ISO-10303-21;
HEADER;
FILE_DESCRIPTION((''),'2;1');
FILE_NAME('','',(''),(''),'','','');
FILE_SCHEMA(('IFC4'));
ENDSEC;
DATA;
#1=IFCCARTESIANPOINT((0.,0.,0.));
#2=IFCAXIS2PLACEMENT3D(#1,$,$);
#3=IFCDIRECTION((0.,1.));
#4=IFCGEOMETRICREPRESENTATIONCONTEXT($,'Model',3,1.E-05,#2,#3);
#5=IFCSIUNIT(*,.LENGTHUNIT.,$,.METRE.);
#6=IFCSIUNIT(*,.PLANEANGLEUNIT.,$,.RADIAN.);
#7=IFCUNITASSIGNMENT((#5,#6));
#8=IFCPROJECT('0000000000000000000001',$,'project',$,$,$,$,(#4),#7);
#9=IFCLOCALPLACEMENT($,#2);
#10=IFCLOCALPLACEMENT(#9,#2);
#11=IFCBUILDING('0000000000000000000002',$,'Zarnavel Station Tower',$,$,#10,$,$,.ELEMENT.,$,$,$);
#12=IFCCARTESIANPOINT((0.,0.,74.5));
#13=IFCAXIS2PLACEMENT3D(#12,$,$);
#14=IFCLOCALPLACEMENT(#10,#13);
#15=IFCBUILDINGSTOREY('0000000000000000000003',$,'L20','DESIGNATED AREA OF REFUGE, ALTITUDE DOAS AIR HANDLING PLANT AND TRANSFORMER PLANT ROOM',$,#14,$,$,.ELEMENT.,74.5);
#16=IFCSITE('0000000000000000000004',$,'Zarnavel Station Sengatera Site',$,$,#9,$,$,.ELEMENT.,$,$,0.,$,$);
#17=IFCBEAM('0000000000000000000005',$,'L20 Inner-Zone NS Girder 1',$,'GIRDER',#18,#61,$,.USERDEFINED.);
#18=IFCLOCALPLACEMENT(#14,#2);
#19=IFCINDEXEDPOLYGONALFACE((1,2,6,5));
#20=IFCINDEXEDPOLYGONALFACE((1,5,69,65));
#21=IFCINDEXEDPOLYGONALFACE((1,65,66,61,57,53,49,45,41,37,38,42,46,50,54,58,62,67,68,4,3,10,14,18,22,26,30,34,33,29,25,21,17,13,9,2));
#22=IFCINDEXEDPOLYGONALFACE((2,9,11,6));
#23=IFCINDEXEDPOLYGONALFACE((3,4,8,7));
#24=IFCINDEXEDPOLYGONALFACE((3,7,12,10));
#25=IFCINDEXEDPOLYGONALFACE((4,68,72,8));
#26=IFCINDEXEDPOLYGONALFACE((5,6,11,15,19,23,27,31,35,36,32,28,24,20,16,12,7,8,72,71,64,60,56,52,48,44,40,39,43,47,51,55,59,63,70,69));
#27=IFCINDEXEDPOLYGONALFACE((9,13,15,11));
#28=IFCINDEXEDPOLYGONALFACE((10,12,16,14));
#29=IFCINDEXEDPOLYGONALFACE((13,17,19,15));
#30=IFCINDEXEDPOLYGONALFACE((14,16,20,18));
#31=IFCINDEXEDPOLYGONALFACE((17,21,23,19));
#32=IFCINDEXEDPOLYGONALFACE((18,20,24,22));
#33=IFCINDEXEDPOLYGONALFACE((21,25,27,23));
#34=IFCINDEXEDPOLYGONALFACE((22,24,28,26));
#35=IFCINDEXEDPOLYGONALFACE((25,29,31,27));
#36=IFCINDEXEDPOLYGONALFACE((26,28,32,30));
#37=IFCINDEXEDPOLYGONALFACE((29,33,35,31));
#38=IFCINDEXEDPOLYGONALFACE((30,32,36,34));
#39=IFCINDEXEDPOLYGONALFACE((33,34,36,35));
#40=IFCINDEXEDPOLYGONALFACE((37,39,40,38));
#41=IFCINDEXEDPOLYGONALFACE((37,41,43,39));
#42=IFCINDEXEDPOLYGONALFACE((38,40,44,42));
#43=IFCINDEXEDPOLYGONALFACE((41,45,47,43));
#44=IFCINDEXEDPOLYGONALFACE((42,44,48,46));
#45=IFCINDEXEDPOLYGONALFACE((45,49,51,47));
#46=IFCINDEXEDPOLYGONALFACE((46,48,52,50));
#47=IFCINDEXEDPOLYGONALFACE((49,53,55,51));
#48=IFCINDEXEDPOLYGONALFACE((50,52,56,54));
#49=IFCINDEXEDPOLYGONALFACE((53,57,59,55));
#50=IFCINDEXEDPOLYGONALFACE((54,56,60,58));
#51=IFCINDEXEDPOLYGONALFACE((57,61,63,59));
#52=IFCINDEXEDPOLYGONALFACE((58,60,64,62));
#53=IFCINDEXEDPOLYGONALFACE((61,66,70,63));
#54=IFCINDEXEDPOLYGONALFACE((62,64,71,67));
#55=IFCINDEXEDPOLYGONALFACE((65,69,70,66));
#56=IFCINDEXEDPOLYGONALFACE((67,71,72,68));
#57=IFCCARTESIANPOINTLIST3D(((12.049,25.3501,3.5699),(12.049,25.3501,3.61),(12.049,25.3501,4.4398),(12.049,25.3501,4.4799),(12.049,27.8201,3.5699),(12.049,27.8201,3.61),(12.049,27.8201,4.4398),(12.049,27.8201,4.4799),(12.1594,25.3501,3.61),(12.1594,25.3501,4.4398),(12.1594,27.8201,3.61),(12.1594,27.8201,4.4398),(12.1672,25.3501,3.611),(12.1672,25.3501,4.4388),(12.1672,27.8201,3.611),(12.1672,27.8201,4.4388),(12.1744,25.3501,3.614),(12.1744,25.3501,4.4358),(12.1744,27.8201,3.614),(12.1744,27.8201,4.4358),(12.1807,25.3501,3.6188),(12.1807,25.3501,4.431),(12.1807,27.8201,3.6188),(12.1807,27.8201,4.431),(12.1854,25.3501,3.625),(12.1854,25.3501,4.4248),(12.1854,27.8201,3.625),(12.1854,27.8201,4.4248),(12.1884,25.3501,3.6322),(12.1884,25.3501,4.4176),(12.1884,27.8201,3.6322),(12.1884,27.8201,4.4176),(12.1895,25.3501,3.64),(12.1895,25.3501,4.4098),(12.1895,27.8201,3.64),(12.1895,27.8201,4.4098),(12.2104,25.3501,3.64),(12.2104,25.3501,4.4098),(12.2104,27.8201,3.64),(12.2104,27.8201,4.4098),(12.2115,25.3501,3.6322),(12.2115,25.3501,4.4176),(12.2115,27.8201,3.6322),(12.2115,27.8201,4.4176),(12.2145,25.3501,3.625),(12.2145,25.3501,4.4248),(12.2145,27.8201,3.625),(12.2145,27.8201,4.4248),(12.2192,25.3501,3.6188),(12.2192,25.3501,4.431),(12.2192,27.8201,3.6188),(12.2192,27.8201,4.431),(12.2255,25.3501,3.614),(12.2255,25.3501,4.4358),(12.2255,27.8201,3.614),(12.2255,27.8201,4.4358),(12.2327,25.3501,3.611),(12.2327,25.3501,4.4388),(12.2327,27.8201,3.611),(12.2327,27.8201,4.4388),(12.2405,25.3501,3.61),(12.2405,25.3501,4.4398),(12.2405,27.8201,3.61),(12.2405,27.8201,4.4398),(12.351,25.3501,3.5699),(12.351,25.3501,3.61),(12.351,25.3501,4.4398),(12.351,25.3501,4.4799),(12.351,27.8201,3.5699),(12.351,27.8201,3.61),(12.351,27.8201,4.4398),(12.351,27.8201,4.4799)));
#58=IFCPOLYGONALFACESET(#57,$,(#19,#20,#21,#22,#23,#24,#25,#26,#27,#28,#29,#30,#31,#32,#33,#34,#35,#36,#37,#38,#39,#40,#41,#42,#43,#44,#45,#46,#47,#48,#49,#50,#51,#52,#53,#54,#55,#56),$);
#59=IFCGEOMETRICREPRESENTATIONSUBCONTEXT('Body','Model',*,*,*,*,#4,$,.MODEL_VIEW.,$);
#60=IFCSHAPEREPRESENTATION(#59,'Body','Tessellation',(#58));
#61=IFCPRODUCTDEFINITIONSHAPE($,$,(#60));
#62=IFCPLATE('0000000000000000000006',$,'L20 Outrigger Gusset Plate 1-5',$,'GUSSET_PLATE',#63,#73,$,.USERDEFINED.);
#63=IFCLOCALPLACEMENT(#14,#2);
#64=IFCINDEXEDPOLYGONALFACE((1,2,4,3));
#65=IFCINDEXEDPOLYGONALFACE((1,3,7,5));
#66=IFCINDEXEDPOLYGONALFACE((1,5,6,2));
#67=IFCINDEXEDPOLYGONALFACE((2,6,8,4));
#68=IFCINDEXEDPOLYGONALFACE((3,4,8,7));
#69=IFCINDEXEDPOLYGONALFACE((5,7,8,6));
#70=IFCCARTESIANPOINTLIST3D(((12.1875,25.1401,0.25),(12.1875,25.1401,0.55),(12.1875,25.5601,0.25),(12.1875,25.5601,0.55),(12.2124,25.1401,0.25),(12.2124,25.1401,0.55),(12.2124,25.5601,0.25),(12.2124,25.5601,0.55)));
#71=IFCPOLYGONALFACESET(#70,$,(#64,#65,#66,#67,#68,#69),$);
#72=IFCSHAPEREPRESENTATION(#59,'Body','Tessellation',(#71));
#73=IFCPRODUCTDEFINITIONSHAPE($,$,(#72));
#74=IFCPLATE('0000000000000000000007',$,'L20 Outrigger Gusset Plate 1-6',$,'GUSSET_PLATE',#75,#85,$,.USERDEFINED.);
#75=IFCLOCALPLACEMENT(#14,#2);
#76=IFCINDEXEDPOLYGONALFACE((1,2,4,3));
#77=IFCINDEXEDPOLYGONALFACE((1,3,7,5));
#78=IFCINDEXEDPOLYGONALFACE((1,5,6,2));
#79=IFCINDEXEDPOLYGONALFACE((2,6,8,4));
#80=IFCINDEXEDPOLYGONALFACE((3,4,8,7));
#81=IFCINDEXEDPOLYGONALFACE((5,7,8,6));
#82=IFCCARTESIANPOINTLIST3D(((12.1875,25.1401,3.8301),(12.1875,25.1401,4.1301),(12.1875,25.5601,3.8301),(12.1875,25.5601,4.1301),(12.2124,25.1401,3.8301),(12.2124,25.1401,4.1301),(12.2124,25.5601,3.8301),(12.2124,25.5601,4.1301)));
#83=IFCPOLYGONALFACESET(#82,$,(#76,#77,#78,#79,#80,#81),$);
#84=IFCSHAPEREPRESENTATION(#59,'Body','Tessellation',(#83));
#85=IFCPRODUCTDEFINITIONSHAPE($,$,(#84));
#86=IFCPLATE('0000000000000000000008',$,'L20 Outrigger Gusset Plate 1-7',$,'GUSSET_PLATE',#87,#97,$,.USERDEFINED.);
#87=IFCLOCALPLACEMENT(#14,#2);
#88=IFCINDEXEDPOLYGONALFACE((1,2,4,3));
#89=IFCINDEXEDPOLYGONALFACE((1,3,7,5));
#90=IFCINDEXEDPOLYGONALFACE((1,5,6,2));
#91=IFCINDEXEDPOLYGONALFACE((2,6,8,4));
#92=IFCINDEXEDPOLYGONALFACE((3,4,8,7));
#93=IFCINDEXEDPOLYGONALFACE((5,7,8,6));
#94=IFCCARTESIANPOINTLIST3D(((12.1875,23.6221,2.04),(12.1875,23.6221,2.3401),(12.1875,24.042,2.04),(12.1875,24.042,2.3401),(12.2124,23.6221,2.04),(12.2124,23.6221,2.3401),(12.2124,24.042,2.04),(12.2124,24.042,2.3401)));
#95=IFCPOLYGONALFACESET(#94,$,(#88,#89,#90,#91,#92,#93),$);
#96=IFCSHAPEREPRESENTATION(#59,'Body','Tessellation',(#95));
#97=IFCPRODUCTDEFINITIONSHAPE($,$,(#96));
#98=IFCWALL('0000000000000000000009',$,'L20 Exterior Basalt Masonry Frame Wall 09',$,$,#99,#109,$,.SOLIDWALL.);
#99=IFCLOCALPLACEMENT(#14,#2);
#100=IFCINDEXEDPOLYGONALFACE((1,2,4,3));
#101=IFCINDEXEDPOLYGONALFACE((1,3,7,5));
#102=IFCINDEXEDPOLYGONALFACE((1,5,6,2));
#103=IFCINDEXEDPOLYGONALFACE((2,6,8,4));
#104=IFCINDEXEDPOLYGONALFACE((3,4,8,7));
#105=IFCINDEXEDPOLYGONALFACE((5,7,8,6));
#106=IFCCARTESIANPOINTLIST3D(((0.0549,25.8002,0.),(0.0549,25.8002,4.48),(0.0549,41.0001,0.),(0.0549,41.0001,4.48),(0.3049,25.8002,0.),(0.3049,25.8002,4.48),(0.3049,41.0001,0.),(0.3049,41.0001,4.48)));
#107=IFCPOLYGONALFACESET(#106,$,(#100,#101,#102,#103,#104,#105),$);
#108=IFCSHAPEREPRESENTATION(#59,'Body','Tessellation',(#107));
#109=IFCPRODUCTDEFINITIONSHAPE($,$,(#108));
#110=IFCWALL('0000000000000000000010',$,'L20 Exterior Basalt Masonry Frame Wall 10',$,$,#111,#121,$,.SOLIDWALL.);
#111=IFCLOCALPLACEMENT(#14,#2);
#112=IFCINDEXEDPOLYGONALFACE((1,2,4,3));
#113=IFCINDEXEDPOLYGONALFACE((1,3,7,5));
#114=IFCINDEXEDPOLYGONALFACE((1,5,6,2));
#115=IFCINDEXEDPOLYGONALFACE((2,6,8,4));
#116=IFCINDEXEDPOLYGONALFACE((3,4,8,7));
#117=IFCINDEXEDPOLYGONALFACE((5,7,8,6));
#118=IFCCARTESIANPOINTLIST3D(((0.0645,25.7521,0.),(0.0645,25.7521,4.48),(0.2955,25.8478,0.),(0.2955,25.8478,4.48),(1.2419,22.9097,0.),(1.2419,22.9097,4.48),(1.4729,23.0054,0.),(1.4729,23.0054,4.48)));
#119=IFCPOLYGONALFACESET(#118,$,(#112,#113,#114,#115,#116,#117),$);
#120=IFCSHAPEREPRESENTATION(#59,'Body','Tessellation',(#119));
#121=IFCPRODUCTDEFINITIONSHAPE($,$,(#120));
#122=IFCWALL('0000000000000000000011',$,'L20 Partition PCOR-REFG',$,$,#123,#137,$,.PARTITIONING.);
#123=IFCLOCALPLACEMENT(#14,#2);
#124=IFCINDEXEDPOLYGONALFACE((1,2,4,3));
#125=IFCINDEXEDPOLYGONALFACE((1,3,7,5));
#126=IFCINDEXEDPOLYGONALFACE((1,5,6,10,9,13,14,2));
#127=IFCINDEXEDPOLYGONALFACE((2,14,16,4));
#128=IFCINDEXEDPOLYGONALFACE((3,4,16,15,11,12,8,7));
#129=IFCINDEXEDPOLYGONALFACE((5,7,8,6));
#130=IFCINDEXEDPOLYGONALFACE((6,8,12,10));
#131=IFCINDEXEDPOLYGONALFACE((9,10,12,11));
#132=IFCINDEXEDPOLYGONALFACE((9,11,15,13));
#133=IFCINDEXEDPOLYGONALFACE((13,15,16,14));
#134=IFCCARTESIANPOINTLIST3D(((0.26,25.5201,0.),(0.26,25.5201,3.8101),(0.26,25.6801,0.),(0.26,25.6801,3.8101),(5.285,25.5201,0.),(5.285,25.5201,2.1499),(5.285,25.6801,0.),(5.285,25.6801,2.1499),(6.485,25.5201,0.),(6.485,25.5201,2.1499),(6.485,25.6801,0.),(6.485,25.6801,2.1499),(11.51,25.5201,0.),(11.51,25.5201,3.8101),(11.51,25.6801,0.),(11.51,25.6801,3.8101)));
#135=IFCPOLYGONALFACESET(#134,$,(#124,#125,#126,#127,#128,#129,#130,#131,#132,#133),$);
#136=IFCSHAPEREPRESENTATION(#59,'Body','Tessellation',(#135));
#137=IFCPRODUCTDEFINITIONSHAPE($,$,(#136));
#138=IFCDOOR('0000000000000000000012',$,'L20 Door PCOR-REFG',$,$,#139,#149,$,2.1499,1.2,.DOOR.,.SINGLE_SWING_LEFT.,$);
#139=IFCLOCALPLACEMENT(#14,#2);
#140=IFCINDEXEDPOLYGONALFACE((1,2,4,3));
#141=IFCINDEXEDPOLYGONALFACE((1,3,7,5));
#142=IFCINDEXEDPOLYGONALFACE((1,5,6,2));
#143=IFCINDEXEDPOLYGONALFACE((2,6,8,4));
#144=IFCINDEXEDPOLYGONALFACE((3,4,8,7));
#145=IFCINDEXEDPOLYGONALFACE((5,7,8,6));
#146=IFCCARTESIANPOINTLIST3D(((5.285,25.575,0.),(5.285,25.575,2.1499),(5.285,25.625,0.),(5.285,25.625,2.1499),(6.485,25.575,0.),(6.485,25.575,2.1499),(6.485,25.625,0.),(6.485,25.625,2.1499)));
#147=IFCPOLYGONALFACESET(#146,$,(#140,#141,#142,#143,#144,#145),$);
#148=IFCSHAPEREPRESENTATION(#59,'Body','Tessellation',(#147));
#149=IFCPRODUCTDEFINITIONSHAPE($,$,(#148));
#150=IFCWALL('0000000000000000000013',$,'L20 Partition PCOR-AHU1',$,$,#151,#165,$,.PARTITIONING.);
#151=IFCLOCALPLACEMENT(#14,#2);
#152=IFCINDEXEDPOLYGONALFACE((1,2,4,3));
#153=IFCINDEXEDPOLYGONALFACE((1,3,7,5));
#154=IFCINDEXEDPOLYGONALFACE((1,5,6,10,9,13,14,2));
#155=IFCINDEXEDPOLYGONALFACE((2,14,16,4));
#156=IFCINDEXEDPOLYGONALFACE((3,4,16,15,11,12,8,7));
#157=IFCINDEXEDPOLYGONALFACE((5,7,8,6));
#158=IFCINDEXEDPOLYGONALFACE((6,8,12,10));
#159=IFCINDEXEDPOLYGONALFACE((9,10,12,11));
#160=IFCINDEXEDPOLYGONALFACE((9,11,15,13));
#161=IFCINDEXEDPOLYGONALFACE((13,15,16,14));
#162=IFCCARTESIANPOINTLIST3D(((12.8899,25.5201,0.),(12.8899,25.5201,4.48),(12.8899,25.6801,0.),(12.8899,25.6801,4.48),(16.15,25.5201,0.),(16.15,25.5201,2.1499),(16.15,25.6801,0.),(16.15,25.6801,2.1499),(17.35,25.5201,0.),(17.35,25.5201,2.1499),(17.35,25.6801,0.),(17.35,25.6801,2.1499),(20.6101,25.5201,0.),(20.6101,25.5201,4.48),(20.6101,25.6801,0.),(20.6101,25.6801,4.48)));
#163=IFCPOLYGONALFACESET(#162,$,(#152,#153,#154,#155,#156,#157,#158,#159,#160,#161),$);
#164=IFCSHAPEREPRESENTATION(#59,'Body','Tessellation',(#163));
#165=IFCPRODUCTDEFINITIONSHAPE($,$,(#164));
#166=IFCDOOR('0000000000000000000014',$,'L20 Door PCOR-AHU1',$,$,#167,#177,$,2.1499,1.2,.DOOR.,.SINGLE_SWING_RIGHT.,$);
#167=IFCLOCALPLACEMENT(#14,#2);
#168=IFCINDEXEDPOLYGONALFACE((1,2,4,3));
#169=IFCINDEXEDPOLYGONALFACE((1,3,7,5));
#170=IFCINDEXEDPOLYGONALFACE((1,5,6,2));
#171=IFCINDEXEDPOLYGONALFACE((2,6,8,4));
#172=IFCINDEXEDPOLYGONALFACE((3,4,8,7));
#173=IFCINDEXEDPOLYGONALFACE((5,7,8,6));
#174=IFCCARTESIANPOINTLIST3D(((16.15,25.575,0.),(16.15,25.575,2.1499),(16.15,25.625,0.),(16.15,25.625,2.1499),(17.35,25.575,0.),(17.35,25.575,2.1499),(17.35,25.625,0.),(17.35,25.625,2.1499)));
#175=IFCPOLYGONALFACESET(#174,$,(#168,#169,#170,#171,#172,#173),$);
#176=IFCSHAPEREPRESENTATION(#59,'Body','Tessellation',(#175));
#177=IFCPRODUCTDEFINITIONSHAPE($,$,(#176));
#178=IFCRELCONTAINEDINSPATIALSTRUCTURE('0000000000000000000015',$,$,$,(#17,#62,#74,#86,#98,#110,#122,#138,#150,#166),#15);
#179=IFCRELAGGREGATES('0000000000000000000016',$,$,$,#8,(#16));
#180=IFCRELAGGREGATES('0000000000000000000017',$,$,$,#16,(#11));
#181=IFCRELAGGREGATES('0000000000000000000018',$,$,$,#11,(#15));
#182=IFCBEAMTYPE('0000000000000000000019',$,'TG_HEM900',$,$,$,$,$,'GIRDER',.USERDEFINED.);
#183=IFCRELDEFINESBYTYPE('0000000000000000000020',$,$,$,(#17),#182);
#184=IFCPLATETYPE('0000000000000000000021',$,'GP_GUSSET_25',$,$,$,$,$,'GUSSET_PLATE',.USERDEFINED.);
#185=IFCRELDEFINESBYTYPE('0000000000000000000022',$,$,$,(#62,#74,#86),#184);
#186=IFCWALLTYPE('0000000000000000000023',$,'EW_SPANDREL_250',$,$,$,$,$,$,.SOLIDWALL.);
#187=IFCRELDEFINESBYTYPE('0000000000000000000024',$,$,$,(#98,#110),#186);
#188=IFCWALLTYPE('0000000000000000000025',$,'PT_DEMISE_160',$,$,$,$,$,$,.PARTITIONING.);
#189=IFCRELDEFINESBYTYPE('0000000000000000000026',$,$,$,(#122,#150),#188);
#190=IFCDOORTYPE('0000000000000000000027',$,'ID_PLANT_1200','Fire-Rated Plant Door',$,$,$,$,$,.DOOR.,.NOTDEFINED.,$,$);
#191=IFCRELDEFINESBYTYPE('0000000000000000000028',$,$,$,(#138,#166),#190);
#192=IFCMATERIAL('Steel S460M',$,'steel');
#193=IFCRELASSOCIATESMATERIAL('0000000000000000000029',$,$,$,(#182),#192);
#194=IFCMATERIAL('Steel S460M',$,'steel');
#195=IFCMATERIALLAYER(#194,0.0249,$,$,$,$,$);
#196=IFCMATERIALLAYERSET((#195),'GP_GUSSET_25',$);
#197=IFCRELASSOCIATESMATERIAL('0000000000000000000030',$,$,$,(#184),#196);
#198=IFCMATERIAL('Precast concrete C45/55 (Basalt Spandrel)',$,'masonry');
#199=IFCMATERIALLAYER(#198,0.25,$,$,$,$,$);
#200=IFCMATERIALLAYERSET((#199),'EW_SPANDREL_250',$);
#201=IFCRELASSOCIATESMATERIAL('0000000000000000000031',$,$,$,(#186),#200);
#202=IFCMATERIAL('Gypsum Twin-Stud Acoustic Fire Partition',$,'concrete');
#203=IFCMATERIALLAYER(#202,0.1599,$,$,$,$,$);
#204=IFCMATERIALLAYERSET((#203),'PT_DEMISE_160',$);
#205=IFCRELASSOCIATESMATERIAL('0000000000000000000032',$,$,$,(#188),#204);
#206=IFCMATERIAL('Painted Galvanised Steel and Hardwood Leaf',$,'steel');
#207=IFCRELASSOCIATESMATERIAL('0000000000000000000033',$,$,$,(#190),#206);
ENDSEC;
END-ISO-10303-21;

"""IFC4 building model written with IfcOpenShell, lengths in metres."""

from ifc_helpers import new_model, si_unit, direction, frame, frame_2d, origin, origin_2d, place, context, subcontext, project, spatial, rectangle, i_section, extrude, material, layer, layer_set, material_profile, profile_set, type_object, element, fill, save


model = new_model("IFC4")

# Units and contexts
model_context = context("Model", 3, precision=1e-05, world=origin(), true_north=direction((0.0, 1.0)))
body_context = subcontext(model_context, "Body", "Model", "MODEL_VIEW")
ifc_project = project(units=[si_unit("LENGTHUNIT", "METRE"), si_unit("PLANEANGLEUNIT", "RADIAN")], contexts=[model_context])

# Site, building, storey
site_placement = place(None, origin())
site = spatial("IfcSite", under=ifc_project, at=site_placement, Name="Zarnavel Station Sengatera Site", CompositionType="ELEMENT", RefElevation=0.0)
building_placement = place(site_placement, origin())
building = spatial("IfcBuilding", under=site, at=building_placement, Name="Zarnavel Station Tower", CompositionType="ELEMENT")
storey_placement = place(building_placement, frame((0.0, 0.0, 74.5)))
storey = spatial("IfcBuildingStorey", under=building, at=storey_placement, Name="L20", Description="DESIGNATED AREA OF REFUGE, ALTITUDE DOAS AIR HANDLING PLANT AND TRANSFORMER PLANT ROOM", CompositionType="ELEMENT", Elevation=74.5)

# Beam
ifc_material_1 = material(Name="Steel S460M", Category="steel")
ifc_material_profile_1 = material_profile(ifc_material_1, i_section(OverallWidth=0.302, OverallDepth=0.9099, WebThickness=0.021, FlangeThickness=0.04, FilletRadius=0.03, at=origin_2d()), Name="HEM900")
ifc_profile_set_1 = profile_set([ifc_material_profile_1], Name="Steel S460M")
beam_type_1 = type_object("IfcBeamType", Name="TG_HEM900", ElementType="GIRDER", PredefinedType="USERDEFINED", material=ifc_profile_set_1)
beam_1_placement = place(storey_placement, frame((12.2, 25.3501, 4.0249), z_axis=(0.0, 1.0, 0.0), x_axis=(-1.0, 0.0, 0.0)))
element("IfcBeam", 1, at=beam_1_placement, inside=storey, type_object=beam_type_1, Name="L20 Inner-Zone NS Girder 1", ObjectType="GIRDER", PredefinedType="USERDEFINED", context=body_context, shape_type="SweptSolid", body=[
    extrude(i_section(OverallWidth=0.302, OverallDepth=0.9099, WebThickness=0.021, FlangeThickness=0.04, FilletRadius=0.03, at=origin_2d()), origin(), (0.0, 0.0, 1.0), 2.47),
])

# Plates
ifc_material_2 = material(Name="Steel S460M", Category="steel")
ifc_layer_1 = layer(ifc_material_2, 0.0249)
ifc_layer_set_1 = layer_set([ifc_layer_1], Name="GP_GUSSET_25")
plate_type = type_object("IfcPlateType", Name="GP_GUSSET_25", ElementType="GUSSET_PLATE", PredefinedType="USERDEFINED", material=ifc_layer_set_1)
for number, where, z_axis, x_axis, name in (
    (2, (12.2, 25.3501, 0.25), (0.0, 0.0, 1.0), (1.0, 0.0, 0.0), "L20 Outrigger Gusset Plate 1-5"),
    (3, (12.2, 25.3501, 3.8301), (0.0, 0.0, 1.0), (1.0, 0.0, 0.0), "L20 Outrigger Gusset Plate 1-6"),
    (4, (12.2, 23.832, 2.04), (0.0, 0.0, 1.0), (1.0, 0.0, 0.0), "L20 Outrigger Gusset Plate 1-7"),
):
    element("IfcPlate", number, at=place(storey_placement, frame(where, z_axis=z_axis, x_axis=x_axis)), inside=storey, type_object=plate_type, Name=name, ObjectType="GUSSET_PLATE", PredefinedType="USERDEFINED", context=body_context, shape_type="SweptSolid", body=[
        extrude(rectangle(XDim=0.0249, YDim=0.4199, at=origin_2d()), origin(), (0.0, 0.0, 1.0), 0.3),
    ])

# Walls
ifc_material_3 = material(Name="Precast concrete C45/55 (Basalt Spandrel)", Category="masonry")
ifc_layer_2 = layer(ifc_material_3, 0.25)
ifc_layer_set_2 = layer_set([ifc_layer_2], Name="EW_SPANDREL_250")
wall_type_1 = type_object("IfcWallType", Name="EW_SPANDREL_250", PredefinedType="SOLIDWALL", material=ifc_layer_set_2)
wall_1_placement = place(storey_placement, frame((0.1799, 25.8, 0.0), z_axis=(0.0, 0.0, 1.0), x_axis=(0.0, 1.0, 0.0)))
element("IfcWall", 5, at=wall_1_placement, inside=storey, type_object=wall_type_1, Name="L20 Exterior Basalt Masonry Frame Wall 09", PredefinedType="SOLIDWALL", context=body_context, shape_type="SweptSolid", body=[
    extrude(rectangle(XDim=15.2, YDim=0.25, at=frame_2d((7.6001, 0.0))), origin(), (0.0, 0.0, 1.0), 4.48),
])
wall_2_placement = place(storey_placement, frame((1.3574, 22.9575, 0.0), z_axis=(0.0, 0.0, 1.0), x_axis=(-0.382705, 0.923871, 0.0)))
element("IfcWall", 6, at=wall_2_placement, inside=storey, type_object=wall_type_1, Name="L20 Exterior Basalt Masonry Frame Wall 10", PredefinedType="SOLIDWALL", context=body_context, shape_type="SweptSolid", body=[
    extrude(rectangle(XDim=3.0767, YDim=0.25, at=frame_2d((1.5383, 0.0))), origin(), (0.0, 0.0, 1.0), 4.48),
])

# Walls, openings, doors
ifc_material_4 = material(Name="Gypsum Twin-Stud Acoustic Fire Partition", Category="concrete")
ifc_layer_3 = layer(ifc_material_4, 0.1599)
ifc_layer_set_3 = layer_set([ifc_layer_3], Name="PT_DEMISE_160")
wall_type_2 = type_object("IfcWallType", Name="PT_DEMISE_160", PredefinedType="PARTITIONING", material=ifc_layer_set_3)
wall_3_placement = place(storey_placement, frame((0.26, 25.6001, 0.0), z_axis=(0.0, 0.0, 1.0), x_axis=(1.0, 0.0, 0.0)))
wall_3 = element("IfcWall", 7, at=wall_3_placement, inside=storey, type_object=wall_type_2, Name="L20 Partition PCOR-REFG", PredefinedType="PARTITIONING", context=body_context, shape_type="SweptSolid", body=[
    extrude(rectangle(XDim=11.25, YDim=0.1599, at=frame_2d((5.625, 0.0))), origin(), (0.0, 0.0, 1.0), 3.8101),
])
opening_1_placement = place(wall_3_placement, frame((5.0249, 0.0, 0.0)))
opening_1 = element("IfcOpeningElement", 8, at=opening_1_placement, cuts=wall_3, PredefinedType="OPENING", context=body_context, shape_type="SweptSolid", body=[
    extrude(rectangle(XDim=1.2, YDim=2.1499, at=frame_2d((0.6001, 1.075))), frame((0.0, 0.0898, 0.0), z_axis=(0.0, -1.0, 0.0), x_axis=(1.0, 0.0, 0.0)), (0.0, 0.0, 1.0), 0.1799),
])
ifc_material_5 = material(Name="Painted Galvanised Steel and Hardwood Leaf", Category="steel")
door_type = type_object("IfcDoorType", Name="ID_PLANT_1200", Description="Fire-Rated Plant Door", OperationType="NOTDEFINED", PredefinedType="DOOR", material=ifc_material_5)
door_1_placement = place(opening_1_placement, origin())
door_1 = element("IfcDoor", 9, at=door_1_placement, inside=storey, type_object=door_type, Name="L20 Door PCOR-REFG", OperationType="SINGLE_SWING_LEFT", OverallHeight=2.1499, OverallWidth=1.2, PredefinedType="DOOR", context=body_context, shape_type="SweptSolid", body=[
    extrude(rectangle(XDim=1.2, YDim=2.1499, at=frame_2d((0.6001, 1.075))), frame((0.0, 0.0249, 0.0), z_axis=(0.0, -1.0, 0.0), x_axis=(1.0, 0.0, 0.0)), (0.0, 0.0, 1.0), 0.05),
])
fill(opening_1, door_1)
wall_4_placement = place(storey_placement, frame((12.8899, 25.6001, 0.0), z_axis=(0.0, 0.0, 1.0), x_axis=(1.0, 0.0, 0.0)))
wall_4 = element("IfcWall", 10, at=wall_4_placement, inside=storey, type_object=wall_type_2, Name="L20 Partition PCOR-AHU1", PredefinedType="PARTITIONING", context=body_context, shape_type="SweptSolid", body=[
    extrude(rectangle(XDim=7.7202, YDim=0.1599, at=frame_2d((3.8601, 0.0))), origin(), (0.0, 0.0, 1.0), 4.48),
])
opening_2_placement = place(wall_4_placement, frame((3.26, 0.0, 0.0)))
opening_2 = element("IfcOpeningElement", 11, at=opening_2_placement, cuts=wall_4, PredefinedType="OPENING", context=body_context, shape_type="SweptSolid", body=[
    extrude(rectangle(XDim=1.2, YDim=2.1499, at=frame_2d((0.6001, 1.075))), frame((0.0, 0.0898, 0.0), z_axis=(0.0, -1.0, 0.0), x_axis=(1.0, 0.0, 0.0)), (0.0, 0.0, 1.0), 0.1799),
])
door_2_placement = place(opening_2_placement, origin())
door_2 = element("IfcDoor", 12, at=door_2_placement, inside=storey, type_object=door_type, Name="L20 Door PCOR-AHU1", OperationType="SINGLE_SWING_RIGHT", OverallHeight=2.1499, OverallWidth=1.2, PredefinedType="DOOR", context=body_context, shape_type="SweptSolid", body=[
    extrude(rectangle(XDim=1.2, YDim=2.1499, at=frame_2d((0.6001, 1.075))), frame((0.0, 0.0249, 0.0), z_axis=(0.0, -1.0, 0.0), x_axis=(1.0, 0.0, 0.0)), (0.0, 0.0, 1.0), 0.05),
])
fill(opening_2, door_2)

save(model, "model.ifc")
